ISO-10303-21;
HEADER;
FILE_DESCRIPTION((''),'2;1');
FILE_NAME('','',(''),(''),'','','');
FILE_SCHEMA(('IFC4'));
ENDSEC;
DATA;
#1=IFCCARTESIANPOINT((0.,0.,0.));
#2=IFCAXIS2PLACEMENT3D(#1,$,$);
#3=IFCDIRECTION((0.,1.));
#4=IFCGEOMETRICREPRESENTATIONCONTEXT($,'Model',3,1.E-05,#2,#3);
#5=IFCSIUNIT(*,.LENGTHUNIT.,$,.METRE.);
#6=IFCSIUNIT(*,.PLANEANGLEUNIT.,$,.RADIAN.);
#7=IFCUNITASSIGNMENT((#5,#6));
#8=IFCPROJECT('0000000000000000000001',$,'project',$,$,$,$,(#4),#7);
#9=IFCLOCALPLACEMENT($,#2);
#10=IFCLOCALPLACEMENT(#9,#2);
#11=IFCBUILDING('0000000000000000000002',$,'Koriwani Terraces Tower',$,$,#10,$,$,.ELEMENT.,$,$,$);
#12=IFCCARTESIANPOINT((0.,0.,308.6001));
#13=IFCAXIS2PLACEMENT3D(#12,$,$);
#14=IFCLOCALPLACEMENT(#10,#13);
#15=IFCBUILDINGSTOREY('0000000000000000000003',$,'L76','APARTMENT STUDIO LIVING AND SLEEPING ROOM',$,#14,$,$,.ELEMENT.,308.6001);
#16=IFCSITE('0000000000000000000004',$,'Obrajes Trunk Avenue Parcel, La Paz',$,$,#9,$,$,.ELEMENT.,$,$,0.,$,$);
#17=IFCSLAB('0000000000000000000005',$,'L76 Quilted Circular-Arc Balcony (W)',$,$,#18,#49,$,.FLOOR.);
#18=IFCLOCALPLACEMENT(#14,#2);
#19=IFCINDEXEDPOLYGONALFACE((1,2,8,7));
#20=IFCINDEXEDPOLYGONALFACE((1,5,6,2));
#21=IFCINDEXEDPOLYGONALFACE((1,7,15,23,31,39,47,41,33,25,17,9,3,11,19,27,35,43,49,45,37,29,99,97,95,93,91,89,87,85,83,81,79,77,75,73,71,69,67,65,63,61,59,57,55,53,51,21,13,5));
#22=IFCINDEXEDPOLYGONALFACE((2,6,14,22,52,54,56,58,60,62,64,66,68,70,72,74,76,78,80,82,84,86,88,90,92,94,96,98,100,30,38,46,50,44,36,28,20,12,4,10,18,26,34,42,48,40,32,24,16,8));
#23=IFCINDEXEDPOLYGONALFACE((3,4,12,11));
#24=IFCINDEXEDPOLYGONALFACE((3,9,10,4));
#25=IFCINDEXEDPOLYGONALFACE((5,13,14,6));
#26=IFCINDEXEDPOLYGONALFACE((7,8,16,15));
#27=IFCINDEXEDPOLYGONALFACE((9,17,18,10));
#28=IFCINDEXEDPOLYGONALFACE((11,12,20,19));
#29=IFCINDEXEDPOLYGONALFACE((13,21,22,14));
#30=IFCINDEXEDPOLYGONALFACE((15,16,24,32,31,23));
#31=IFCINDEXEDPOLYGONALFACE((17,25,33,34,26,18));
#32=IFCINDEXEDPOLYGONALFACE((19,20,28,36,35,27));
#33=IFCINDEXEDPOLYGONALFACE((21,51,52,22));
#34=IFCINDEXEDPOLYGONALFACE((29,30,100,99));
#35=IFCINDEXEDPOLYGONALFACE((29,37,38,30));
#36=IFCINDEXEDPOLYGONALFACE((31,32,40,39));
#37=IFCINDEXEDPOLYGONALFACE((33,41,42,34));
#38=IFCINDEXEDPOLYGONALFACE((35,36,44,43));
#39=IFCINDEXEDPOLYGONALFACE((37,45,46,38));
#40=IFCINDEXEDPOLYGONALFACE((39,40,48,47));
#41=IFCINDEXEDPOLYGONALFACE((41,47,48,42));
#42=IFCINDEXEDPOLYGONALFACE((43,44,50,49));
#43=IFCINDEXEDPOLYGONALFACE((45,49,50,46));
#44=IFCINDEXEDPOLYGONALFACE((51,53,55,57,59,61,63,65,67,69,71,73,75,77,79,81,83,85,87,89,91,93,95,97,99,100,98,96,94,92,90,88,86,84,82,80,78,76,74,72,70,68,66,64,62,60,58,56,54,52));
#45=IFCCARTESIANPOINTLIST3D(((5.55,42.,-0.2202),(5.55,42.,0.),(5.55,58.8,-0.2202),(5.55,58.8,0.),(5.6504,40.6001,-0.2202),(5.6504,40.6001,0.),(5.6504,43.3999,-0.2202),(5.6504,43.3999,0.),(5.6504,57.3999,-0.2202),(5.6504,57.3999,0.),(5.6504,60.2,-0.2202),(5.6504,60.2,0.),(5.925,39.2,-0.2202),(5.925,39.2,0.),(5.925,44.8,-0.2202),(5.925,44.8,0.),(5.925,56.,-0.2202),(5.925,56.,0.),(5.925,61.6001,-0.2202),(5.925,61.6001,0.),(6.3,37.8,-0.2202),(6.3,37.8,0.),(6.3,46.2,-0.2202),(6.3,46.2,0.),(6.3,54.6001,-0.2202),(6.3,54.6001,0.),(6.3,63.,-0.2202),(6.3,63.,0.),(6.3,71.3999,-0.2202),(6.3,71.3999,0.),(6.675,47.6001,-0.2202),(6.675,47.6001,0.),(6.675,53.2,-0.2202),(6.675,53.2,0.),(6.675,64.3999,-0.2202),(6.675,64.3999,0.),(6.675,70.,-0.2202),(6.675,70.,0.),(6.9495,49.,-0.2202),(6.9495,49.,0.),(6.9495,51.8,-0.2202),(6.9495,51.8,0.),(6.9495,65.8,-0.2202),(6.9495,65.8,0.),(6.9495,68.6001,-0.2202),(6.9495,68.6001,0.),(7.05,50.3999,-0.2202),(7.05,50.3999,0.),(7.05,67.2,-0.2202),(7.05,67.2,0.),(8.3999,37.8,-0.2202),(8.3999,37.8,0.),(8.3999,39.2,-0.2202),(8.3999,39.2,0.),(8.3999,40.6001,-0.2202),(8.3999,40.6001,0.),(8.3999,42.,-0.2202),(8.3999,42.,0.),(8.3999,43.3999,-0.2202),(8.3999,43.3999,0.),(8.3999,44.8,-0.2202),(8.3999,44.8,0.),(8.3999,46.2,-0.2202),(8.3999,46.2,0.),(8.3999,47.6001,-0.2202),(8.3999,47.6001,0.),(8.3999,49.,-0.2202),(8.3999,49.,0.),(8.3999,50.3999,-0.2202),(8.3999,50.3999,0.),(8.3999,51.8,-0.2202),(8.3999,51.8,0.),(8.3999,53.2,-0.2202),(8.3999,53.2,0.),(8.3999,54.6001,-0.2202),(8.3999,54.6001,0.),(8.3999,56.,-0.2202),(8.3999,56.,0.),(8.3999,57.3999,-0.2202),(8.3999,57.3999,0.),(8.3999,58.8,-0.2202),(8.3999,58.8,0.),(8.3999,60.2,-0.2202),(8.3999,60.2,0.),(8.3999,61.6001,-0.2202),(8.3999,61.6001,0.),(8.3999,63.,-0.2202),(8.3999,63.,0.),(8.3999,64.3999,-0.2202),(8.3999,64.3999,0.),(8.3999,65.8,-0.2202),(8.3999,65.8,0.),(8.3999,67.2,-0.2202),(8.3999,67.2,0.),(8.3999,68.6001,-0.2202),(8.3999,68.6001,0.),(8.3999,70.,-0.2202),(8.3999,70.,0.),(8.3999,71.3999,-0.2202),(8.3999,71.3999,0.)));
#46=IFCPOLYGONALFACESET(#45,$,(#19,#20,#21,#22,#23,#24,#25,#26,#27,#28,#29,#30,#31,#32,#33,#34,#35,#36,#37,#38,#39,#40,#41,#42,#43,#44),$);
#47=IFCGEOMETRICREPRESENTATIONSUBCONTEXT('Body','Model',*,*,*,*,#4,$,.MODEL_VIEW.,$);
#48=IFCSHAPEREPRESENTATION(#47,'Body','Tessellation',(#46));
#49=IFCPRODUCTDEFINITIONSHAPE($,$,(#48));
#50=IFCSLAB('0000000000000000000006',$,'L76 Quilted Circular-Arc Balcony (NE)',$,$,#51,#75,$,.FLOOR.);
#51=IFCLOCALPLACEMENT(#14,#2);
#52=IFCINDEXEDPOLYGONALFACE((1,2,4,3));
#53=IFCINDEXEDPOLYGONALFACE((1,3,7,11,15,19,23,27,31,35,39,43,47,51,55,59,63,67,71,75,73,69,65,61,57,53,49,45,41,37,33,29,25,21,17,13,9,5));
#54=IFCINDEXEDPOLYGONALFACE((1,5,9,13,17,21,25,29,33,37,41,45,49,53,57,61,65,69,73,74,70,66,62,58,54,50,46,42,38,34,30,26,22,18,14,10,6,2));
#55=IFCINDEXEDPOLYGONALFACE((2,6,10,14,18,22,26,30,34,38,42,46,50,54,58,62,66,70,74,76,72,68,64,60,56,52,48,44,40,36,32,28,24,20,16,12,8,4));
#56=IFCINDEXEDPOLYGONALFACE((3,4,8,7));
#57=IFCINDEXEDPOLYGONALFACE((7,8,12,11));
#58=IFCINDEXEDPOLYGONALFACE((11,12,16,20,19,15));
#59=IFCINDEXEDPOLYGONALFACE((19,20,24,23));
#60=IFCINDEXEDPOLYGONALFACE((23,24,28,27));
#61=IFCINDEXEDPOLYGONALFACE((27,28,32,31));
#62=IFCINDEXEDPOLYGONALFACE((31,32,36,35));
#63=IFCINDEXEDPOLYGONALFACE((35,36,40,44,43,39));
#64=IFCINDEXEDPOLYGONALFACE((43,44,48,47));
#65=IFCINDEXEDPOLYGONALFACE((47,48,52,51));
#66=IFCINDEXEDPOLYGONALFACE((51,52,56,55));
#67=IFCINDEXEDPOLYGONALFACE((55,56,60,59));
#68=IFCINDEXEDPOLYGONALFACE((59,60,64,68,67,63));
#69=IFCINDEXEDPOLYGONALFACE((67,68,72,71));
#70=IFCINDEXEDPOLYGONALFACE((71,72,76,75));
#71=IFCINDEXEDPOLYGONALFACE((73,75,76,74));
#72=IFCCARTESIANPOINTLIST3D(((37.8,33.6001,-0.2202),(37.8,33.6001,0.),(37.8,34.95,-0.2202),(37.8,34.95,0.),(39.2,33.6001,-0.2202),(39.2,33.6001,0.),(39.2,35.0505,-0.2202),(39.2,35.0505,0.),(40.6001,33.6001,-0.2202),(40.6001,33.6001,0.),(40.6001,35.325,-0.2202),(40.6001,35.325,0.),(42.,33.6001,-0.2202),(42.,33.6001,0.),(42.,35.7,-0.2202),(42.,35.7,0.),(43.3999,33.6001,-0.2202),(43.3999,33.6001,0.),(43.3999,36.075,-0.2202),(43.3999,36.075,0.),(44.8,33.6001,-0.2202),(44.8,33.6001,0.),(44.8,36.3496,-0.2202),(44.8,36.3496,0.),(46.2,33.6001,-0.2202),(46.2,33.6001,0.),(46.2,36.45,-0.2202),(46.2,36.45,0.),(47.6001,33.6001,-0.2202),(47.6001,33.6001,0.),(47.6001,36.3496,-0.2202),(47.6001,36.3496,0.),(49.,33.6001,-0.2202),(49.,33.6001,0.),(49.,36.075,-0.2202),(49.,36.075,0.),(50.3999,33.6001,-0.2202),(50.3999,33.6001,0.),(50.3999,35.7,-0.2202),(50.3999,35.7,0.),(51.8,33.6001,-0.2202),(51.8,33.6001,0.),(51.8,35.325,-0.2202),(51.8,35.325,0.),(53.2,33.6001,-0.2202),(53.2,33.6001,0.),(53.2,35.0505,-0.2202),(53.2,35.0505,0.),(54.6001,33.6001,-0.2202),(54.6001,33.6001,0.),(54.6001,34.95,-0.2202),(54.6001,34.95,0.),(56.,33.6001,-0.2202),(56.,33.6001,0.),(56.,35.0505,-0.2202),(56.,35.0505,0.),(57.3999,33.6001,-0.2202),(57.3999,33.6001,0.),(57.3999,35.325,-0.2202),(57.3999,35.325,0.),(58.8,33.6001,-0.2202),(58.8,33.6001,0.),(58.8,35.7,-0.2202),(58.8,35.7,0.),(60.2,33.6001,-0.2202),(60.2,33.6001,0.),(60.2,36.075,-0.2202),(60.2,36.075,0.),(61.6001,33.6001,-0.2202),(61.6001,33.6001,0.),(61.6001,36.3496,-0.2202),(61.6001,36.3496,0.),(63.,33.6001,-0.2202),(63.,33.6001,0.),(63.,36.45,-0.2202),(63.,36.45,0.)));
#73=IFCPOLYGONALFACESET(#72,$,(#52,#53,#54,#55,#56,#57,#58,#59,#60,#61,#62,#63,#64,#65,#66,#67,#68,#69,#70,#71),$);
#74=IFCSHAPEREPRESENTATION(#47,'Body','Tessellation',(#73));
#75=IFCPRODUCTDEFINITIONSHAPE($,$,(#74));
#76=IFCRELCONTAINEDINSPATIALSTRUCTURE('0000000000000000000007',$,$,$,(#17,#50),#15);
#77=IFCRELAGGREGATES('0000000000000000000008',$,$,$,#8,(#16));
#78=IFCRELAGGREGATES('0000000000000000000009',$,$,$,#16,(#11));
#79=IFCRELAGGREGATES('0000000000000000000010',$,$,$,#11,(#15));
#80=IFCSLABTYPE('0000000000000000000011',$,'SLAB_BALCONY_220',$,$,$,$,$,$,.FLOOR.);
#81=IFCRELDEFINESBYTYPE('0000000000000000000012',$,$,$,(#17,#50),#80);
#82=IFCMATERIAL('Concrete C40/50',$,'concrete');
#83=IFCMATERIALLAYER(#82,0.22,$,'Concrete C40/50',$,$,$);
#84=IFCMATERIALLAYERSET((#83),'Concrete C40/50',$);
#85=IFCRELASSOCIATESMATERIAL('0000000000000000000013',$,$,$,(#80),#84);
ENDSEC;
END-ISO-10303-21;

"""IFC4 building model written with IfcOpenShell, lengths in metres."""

from ifc_helpers import new_model, si_unit, direction, frame, origin, place, context, subcontext, project, spatial, polyline, outline, extrude, material, layer, layer_set, type_object, element, save


model = new_model("IFC4")

# Units and contexts
model_context = context("Model", 3, precision=1e-05, world=origin(), true_north=direction((0.0, 1.0)))
body_context = subcontext(model_context, "Body", "Model", "MODEL_VIEW")
ifc_project = project(units=[si_unit("LENGTHUNIT", "METRE"), si_unit("PLANEANGLEUNIT", "RADIAN")], contexts=[model_context])

# Site, building, storey
site_placement = place(None, origin())
site = spatial("IfcSite", under=ifc_project, at=site_placement, Name="Obrajes Trunk Avenue Parcel, La Paz", CompositionType="ELEMENT", RefElevation=0.0)
building_placement = place(site_placement, origin())
building = spatial("IfcBuilding", under=site, at=building_placement, Name="Koriwani Terraces Tower", CompositionType="ELEMENT")
storey_placement = place(building_placement, frame((0.0, 0.0, 308.6001)))
storey = spatial("IfcBuildingStorey", under=building, at=storey_placement, Name="L76", Description="APARTMENT STUDIO LIVING AND SLEEPING ROOM", CompositionType="ELEMENT", Elevation=308.6001)

# Shared definitions
ifc_material_1 = material(Name="Concrete C40/50", Category="concrete")

# Slabs
ifc_layer_1 = layer(ifc_material_1, 0.22, Name="Concrete C40/50")
ifc_layer_set_1 = layer_set([ifc_layer_1], Name="Concrete C40/50")
slab_type_1 = type_object("IfcSlabType", Name="SLAB_BALCONY_220", PredefinedType="FLOOR", material=ifc_layer_set_1)
slab_1_placement = place(storey_placement, frame((0.0, 0.0, -0.2202)))
element("IfcSlab", 1, at=slab_1_placement, inside=storey, type_object=slab_type_1, Name="L76 Quilted Circular-Arc Balcony (W)", PredefinedType="FLOOR", context=body_context, shape_type="SweptSolid", body=[
    extrude(outline(polyline([(8.3999, 37.8), (8.3999, 39.2), (8.3999, 40.6001), (8.3999, 42.0), (8.3999, 43.3999), (8.3999, 44.8), (8.3999, 46.2), (8.3999, 47.6001), (8.3999, 49.0), (8.3999, 50.3999), (8.3999, 51.8), (8.3999, 53.2), (8.3999, 54.6001), (8.3999, 56.0), (8.3999, 57.3999), (8.3999, 58.8), (8.3999, 60.2), (8.3999, 61.6001), (8.3999, 63.0), (8.3999, 64.3999), (8.3999, 65.8), (8.3999, 67.2), (8.3999, 68.6001), (8.3999, 70.0), (8.3999, 71.3999), (6.3, 71.3999), (6.675, 70.0), (6.9495, 68.6001), (7.05, 67.2), (6.9495, 65.8), (6.675, 64.3999), (6.3, 63.0), (5.925, 61.6001), (5.6504, 60.2), (5.55, 58.8), (5.6504, 57.3999), (5.925, 56.0), (6.3, 54.6001), (6.675, 53.2), (6.9495, 51.8), (7.05, 50.3999), (6.9495, 49.0), (6.675, 47.6001), (6.3, 46.2), (5.925, 44.8), (5.6504, 43.3999), (5.55, 42.0), (5.6504, 40.6001), (5.925, 39.2), (6.3, 37.8), (8.3999, 37.8)])), origin(), (0.0, 0.0, 1.0), 0.2202),
])
slab_2_placement = place(storey_placement, frame((0.0, 0.0, -0.2202)))
element("IfcSlab", 2, at=slab_2_placement, inside=storey, type_object=slab_type_1, Name="L76 Quilted Circular-Arc Balcony (NE)", PredefinedType="FLOOR", context=body_context, shape_type="SweptSolid", body=[
    extrude(outline(polyline([(63.0, 33.6001), (61.6001, 33.6001), (60.2, 33.6001), (58.8, 33.6001), (57.3999, 33.6001), (56.0, 33.6001), (54.6001, 33.6001), (53.2, 33.6001), (51.8, 33.6001), (50.3999, 33.6001), (49.0, 33.6001), (47.6001, 33.6001), (46.2, 33.6001), (44.8, 33.6001), (43.3999, 33.6001), (42.0, 33.6001), (40.6001, 33.6001), (39.2, 33.6001), (37.8, 33.6001), (37.8, 34.95), (39.2, 35.0505), (40.6001, 35.325), (42.0, 35.7), (43.3999, 36.075), (44.8, 36.3496), (46.2, 36.45), (47.6001, 36.3496), (49.0, 36.075), (50.3999, 35.7), (51.8, 35.325), (53.2, 35.0505), (54.6001, 34.95), (56.0, 35.0505), (57.3999, 35.325), (58.8, 35.7), (60.2, 36.075), (61.6001, 36.3496), (63.0, 36.45), (63.0, 33.6001)])), origin(), (0.0, 0.0, 1.0), 0.2202),
])

save(model, "model.ifc")
